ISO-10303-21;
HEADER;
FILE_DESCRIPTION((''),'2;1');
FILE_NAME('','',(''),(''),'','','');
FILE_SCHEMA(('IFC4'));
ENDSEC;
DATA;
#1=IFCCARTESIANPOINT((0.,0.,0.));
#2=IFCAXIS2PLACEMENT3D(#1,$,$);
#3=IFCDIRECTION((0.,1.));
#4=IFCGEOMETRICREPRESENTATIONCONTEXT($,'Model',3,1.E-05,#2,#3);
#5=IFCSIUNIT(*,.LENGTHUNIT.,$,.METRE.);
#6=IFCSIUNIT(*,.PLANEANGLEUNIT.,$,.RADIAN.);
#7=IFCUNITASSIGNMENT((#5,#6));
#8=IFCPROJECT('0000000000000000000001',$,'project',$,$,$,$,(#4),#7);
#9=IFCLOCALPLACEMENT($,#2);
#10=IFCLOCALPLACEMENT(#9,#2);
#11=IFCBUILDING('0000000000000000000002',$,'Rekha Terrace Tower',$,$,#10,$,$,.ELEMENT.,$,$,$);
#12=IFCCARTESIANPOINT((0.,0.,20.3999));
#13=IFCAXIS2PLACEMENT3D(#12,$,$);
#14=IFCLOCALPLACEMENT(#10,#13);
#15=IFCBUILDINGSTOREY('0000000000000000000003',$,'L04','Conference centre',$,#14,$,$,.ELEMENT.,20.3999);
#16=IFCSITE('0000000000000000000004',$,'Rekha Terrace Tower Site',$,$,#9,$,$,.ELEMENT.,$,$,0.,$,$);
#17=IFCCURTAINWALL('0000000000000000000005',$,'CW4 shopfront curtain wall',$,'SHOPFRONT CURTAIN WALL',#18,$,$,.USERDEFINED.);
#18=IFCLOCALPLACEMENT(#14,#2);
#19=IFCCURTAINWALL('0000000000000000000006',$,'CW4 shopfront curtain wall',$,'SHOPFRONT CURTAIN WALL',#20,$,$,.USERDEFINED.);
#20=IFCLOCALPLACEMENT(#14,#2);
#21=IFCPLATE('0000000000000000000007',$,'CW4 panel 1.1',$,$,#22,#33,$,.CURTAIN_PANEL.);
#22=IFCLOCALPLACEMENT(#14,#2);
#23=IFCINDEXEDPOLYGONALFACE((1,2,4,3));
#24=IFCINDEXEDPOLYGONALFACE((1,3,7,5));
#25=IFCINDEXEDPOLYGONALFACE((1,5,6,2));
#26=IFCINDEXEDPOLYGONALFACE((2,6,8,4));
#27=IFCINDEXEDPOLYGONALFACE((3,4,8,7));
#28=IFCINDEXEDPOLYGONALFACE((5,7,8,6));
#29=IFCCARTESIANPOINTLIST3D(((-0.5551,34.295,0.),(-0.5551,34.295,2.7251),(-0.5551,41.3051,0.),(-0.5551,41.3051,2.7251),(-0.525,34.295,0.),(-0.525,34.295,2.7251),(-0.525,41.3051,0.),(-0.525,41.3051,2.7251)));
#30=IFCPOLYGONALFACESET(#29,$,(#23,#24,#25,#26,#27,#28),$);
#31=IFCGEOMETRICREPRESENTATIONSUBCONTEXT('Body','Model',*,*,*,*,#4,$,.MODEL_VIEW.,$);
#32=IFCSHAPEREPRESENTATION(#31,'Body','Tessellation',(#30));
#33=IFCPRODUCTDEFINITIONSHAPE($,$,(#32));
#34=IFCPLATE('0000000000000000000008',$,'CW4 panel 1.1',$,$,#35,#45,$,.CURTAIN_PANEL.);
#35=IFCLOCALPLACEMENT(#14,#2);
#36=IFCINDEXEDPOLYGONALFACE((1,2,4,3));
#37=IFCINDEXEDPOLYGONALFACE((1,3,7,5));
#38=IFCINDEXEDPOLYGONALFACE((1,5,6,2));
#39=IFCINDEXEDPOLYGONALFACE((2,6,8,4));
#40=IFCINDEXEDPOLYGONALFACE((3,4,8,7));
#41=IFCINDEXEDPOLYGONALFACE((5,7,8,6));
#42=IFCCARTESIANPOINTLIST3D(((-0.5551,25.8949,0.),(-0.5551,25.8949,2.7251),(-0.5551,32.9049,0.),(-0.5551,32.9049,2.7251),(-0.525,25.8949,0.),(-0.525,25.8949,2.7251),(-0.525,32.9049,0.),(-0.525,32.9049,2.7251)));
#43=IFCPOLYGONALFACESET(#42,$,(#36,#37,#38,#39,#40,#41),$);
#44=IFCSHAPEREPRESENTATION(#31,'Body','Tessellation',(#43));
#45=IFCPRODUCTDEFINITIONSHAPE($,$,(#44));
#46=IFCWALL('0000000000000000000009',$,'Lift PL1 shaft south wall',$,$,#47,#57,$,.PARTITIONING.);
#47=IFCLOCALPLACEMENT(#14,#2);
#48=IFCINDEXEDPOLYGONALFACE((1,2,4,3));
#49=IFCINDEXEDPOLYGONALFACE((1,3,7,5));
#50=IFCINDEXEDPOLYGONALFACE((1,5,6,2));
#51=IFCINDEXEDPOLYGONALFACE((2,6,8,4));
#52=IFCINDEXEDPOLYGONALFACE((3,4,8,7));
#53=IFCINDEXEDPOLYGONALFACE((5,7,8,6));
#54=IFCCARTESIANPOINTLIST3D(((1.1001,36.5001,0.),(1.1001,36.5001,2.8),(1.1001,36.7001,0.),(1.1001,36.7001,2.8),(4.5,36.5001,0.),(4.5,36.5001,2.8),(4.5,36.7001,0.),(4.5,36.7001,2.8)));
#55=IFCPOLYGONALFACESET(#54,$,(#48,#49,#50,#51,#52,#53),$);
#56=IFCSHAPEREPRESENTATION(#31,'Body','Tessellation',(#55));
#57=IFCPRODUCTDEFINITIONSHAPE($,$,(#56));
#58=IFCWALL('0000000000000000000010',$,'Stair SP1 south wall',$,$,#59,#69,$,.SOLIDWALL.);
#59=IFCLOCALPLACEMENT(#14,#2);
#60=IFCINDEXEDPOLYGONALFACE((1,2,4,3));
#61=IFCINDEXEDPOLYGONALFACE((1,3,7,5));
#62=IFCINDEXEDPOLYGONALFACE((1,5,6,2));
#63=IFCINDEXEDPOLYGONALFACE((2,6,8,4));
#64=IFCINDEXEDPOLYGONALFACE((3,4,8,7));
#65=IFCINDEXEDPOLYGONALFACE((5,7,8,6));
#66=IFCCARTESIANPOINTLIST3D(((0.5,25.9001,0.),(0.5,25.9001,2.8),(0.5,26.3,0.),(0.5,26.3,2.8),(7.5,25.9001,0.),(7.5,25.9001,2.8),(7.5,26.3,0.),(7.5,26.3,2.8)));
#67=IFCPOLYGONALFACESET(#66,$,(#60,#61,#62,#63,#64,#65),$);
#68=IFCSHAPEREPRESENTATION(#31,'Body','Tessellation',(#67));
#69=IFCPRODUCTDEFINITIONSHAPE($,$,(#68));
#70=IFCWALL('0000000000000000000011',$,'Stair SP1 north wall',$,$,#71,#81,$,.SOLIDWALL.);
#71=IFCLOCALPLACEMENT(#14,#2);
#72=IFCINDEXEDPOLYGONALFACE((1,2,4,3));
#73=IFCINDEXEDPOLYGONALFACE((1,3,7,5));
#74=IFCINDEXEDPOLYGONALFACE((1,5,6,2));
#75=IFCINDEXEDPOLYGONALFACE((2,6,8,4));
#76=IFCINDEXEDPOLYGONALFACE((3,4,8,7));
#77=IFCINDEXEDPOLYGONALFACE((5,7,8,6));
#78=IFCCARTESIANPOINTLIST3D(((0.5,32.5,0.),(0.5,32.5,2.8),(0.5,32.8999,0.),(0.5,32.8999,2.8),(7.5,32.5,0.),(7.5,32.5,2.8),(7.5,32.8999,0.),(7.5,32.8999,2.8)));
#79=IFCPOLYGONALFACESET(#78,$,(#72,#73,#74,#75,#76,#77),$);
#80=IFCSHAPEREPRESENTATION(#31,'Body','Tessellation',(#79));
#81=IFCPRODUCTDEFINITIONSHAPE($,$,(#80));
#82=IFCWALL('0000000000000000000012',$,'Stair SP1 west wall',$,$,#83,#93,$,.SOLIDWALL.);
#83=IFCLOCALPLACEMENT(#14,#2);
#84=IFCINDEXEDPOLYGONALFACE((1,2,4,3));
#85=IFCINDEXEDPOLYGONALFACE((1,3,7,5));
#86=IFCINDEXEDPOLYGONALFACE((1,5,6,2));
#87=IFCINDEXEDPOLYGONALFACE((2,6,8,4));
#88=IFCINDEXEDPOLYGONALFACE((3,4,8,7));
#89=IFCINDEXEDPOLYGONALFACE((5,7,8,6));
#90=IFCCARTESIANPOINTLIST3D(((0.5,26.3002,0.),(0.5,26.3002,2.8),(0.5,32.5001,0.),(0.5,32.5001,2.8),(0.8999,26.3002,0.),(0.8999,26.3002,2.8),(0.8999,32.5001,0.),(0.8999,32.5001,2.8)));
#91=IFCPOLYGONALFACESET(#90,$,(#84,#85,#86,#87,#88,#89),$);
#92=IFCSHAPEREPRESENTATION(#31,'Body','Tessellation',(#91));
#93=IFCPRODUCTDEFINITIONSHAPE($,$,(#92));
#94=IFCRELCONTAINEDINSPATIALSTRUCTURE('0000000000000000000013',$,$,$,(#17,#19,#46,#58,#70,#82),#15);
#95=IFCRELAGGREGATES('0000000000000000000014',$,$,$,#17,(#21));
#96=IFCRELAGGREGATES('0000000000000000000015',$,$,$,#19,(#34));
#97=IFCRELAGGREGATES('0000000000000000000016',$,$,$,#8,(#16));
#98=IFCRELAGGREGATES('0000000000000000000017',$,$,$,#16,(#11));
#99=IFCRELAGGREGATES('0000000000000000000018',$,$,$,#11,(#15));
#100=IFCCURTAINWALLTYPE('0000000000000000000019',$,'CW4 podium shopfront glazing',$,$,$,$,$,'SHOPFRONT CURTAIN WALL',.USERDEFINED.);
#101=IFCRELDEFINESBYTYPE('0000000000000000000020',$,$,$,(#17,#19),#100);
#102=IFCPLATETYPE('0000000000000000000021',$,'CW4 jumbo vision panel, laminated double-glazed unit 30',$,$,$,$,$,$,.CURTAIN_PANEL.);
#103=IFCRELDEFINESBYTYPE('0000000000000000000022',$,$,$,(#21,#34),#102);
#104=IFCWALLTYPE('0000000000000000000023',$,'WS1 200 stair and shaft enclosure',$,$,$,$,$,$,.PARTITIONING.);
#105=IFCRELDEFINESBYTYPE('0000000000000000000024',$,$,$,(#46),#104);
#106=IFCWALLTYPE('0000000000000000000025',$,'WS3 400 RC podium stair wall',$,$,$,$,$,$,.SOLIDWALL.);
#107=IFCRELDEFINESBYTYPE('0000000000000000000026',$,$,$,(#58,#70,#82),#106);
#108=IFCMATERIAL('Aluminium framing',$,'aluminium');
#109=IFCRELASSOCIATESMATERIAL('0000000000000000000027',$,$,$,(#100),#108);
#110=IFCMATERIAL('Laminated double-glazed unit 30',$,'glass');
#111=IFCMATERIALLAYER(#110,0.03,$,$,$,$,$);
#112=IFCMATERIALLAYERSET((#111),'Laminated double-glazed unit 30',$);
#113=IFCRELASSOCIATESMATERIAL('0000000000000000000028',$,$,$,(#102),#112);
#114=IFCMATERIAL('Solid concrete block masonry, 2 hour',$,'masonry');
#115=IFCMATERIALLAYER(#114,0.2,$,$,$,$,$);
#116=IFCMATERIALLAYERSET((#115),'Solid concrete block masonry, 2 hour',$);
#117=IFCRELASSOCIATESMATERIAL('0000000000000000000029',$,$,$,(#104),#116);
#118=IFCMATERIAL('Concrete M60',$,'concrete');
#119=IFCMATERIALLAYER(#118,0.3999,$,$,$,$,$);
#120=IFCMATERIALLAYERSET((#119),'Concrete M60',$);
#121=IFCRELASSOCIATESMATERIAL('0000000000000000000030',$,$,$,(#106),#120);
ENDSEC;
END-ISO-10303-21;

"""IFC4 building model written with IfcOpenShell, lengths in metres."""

from ifc_helpers import new_model, si_unit, direction, frame, frame_2d, origin, origin_2d, place, context, subcontext, project, spatial, rectangle, extrude, material, layer, layer_set, type_object, element, aggregate, save


model = new_model("IFC4")

# Units and contexts
model_context = context("Model", 3, precision=1e-05, world=origin(), true_north=direction((0.0, 1.0)))
body_context = subcontext(model_context, "Body", "Model", "MODEL_VIEW")
ifc_project = project(units=[si_unit("LENGTHUNIT", "METRE"), si_unit("PLANEANGLEUNIT", "RADIAN")], contexts=[model_context])

# Site, building, storey
site_placement = place(None, origin())
site = spatial("IfcSite", under=ifc_project, at=site_placement, Name="Rekha Terrace Tower Site", CompositionType="ELEMENT", RefElevation=0.0)
building_placement = place(site_placement, origin())
building = spatial("IfcBuilding", under=site, at=building_placement, Name="Rekha Terrace Tower", CompositionType="ELEMENT")
storey_placement = place(building_placement, frame((0.0, 0.0, 20.3999)))
storey = spatial("IfcBuildingStorey", under=building, at=storey_placement, Name="L04", Description="Conference centre", CompositionType="ELEMENT", Elevation=20.3999)

# Shared definitions
ifc_material_1 = material(Name="Concrete M60", Category="concrete")

# Curtain walls
ifc_material_2 = material(Name="Aluminium framing", Category="aluminium")
curtain_wall_type = type_object("IfcCurtainWallType", Name="CW4 podium shopfront glazing", ElementType="SHOPFRONT CURTAIN WALL", PredefinedType="USERDEFINED", material=ifc_material_2)
curtain_wall_1_placement = place(storey_placement, origin())
curtain_wall_1 = element("IfcCurtainWall", 1, at=curtain_wall_1_placement, inside=storey, type_object=curtain_wall_type, Name="CW4 shopfront curtain wall", ObjectType="SHOPFRONT CURTAIN WALL", PredefinedType="USERDEFINED")
curtain_wall_2_placement = place(storey_placement, origin())
curtain_wall_2 = element("IfcCurtainWall", 2, at=curtain_wall_2_placement, inside=storey, type_object=curtain_wall_type, Name="CW4 shopfront curtain wall", ObjectType="SHOPFRONT CURTAIN WALL", PredefinedType="USERDEFINED")

# Plates
ifc_material_3 = material(Name="Laminated double-glazed unit 30", Category="glass")
ifc_layer_1 = layer(ifc_material_3, 0.03)
ifc_layer_set_1 = layer_set([ifc_layer_1], Name="Laminated double-glazed unit 30")
plate_type = type_object("IfcPlateType", Name="CW4 jumbo vision panel, laminated double-glazed unit 30", PredefinedType="CURTAIN_PANEL", material=ifc_layer_set_1)
plate_1_placement = place(storey_placement, frame((-0.54, 37.8, 0.0), z_axis=(0.0, 0.0, 1.0), x_axis=(0.0, -1.0, 0.0)))
plate_1 = element("IfcPlate", 3, at=plate_1_placement, type_object=plate_type, Name="CW4 panel 1.1", PredefinedType="CURTAIN_PANEL", context=body_context, shape_type="SweptSolid", body=[
    extrude(rectangle(XDim=7.01, YDim=0.03, at=origin_2d()), origin(), (0.0, 0.0, 1.0), 2.7251),
])
aggregate(curtain_wall_1, [plate_1])
plate_2_placement = place(storey_placement, frame((-0.54, 29.3999, 0.0), z_axis=(0.0, 0.0, 1.0), x_axis=(0.0, -1.0, 0.0)))
plate_2 = element("IfcPlate", 4, at=plate_2_placement, type_object=plate_type, Name="CW4 panel 1.1", PredefinedType="CURTAIN_PANEL", context=body_context, shape_type="SweptSolid", body=[
    extrude(rectangle(XDim=7.01, YDim=0.03, at=origin_2d()), origin(), (0.0, 0.0, 1.0), 2.7251),
])
aggregate(curtain_wall_2, [plate_2])

# Walls
ifc_material_4 = material(Name="Solid concrete block masonry, 2 hour", Category="masonry")
ifc_layer_2 = layer(ifc_material_4, 0.2)
ifc_layer_set_2 = layer_set([ifc_layer_2], Name="Solid concrete block masonry, 2 hour")
wall_type_1 = type_object("IfcWallType", Name="WS1 200 stair and shaft enclosure", PredefinedType="PARTITIONING", material=ifc_layer_set_2)
wall_1_placement = place(storey_placement, frame((1.1001, 36.6001, 0.0), z_axis=(0.0, 0.0, 1.0), x_axis=(1.0, 0.0, 0.0)))
element("IfcWall", 5, at=wall_1_placement, inside=storey, type_object=wall_type_1, Name="Lift PL1 shaft south wall", PredefinedType="PARTITIONING", context=body_context, shape_type="SweptSolid", body=[
    extrude(rectangle(XDim=3.3999, YDim=0.2, at=frame_2d((1.7, 0.0))), origin(), (0.0, 0.0, 1.0), 2.8),
])
ifc_layer_3 = layer(ifc_material_1, 0.3999)
ifc_layer_set_3 = layer_set([ifc_layer_3], Name="Concrete M60")
wall_type_2 = type_object("IfcWallType", Name="WS3 400 RC podium stair wall", PredefinedType="SOLIDWALL", material=ifc_layer_set_3)
for number, where, z_axis, x_axis, name in (
    (6, (0.5, 26.1001, 0.0), (0.0, 0.0, 1.0), (1.0, 0.0, 0.0), "Stair SP1 south wall"),
    (7, (0.5, 32.7, 0.0), (0.0, 0.0, 1.0), (1.0, 0.0, 0.0), "Stair SP1 north wall"),
):
    element("IfcWall", number, at=place(storey_placement, frame(where, z_axis=z_axis, x_axis=x_axis)), inside=storey, type_object=wall_type_2, Name=name, PredefinedType="SOLIDWALL", context=body_context, shape_type="SweptSolid", body=[
        extrude(rectangle(XDim=7.0, YDim=0.3999, at=frame_2d((3.5, 0.0))), origin(), (0.0, 0.0, 1.0), 2.8),
    ])
wall_2_placement = place(storey_placement, frame((0.7, 26.3, 0.0), z_axis=(0.0, 0.0, 1.0), x_axis=(0.0, 1.0, 0.0)))
element("IfcWall", 8, at=wall_2_placement, inside=storey, type_object=wall_type_2, Name="Stair SP1 west wall", PredefinedType="SOLIDWALL", context=body_context, shape_type="SweptSolid", body=[
    extrude(rectangle(XDim=6.2, YDim=0.3999, at=frame_2d((3.1001, 0.0))), origin(), (0.0, 0.0, 1.0), 2.8),
])

save(model, "model.ifc")
